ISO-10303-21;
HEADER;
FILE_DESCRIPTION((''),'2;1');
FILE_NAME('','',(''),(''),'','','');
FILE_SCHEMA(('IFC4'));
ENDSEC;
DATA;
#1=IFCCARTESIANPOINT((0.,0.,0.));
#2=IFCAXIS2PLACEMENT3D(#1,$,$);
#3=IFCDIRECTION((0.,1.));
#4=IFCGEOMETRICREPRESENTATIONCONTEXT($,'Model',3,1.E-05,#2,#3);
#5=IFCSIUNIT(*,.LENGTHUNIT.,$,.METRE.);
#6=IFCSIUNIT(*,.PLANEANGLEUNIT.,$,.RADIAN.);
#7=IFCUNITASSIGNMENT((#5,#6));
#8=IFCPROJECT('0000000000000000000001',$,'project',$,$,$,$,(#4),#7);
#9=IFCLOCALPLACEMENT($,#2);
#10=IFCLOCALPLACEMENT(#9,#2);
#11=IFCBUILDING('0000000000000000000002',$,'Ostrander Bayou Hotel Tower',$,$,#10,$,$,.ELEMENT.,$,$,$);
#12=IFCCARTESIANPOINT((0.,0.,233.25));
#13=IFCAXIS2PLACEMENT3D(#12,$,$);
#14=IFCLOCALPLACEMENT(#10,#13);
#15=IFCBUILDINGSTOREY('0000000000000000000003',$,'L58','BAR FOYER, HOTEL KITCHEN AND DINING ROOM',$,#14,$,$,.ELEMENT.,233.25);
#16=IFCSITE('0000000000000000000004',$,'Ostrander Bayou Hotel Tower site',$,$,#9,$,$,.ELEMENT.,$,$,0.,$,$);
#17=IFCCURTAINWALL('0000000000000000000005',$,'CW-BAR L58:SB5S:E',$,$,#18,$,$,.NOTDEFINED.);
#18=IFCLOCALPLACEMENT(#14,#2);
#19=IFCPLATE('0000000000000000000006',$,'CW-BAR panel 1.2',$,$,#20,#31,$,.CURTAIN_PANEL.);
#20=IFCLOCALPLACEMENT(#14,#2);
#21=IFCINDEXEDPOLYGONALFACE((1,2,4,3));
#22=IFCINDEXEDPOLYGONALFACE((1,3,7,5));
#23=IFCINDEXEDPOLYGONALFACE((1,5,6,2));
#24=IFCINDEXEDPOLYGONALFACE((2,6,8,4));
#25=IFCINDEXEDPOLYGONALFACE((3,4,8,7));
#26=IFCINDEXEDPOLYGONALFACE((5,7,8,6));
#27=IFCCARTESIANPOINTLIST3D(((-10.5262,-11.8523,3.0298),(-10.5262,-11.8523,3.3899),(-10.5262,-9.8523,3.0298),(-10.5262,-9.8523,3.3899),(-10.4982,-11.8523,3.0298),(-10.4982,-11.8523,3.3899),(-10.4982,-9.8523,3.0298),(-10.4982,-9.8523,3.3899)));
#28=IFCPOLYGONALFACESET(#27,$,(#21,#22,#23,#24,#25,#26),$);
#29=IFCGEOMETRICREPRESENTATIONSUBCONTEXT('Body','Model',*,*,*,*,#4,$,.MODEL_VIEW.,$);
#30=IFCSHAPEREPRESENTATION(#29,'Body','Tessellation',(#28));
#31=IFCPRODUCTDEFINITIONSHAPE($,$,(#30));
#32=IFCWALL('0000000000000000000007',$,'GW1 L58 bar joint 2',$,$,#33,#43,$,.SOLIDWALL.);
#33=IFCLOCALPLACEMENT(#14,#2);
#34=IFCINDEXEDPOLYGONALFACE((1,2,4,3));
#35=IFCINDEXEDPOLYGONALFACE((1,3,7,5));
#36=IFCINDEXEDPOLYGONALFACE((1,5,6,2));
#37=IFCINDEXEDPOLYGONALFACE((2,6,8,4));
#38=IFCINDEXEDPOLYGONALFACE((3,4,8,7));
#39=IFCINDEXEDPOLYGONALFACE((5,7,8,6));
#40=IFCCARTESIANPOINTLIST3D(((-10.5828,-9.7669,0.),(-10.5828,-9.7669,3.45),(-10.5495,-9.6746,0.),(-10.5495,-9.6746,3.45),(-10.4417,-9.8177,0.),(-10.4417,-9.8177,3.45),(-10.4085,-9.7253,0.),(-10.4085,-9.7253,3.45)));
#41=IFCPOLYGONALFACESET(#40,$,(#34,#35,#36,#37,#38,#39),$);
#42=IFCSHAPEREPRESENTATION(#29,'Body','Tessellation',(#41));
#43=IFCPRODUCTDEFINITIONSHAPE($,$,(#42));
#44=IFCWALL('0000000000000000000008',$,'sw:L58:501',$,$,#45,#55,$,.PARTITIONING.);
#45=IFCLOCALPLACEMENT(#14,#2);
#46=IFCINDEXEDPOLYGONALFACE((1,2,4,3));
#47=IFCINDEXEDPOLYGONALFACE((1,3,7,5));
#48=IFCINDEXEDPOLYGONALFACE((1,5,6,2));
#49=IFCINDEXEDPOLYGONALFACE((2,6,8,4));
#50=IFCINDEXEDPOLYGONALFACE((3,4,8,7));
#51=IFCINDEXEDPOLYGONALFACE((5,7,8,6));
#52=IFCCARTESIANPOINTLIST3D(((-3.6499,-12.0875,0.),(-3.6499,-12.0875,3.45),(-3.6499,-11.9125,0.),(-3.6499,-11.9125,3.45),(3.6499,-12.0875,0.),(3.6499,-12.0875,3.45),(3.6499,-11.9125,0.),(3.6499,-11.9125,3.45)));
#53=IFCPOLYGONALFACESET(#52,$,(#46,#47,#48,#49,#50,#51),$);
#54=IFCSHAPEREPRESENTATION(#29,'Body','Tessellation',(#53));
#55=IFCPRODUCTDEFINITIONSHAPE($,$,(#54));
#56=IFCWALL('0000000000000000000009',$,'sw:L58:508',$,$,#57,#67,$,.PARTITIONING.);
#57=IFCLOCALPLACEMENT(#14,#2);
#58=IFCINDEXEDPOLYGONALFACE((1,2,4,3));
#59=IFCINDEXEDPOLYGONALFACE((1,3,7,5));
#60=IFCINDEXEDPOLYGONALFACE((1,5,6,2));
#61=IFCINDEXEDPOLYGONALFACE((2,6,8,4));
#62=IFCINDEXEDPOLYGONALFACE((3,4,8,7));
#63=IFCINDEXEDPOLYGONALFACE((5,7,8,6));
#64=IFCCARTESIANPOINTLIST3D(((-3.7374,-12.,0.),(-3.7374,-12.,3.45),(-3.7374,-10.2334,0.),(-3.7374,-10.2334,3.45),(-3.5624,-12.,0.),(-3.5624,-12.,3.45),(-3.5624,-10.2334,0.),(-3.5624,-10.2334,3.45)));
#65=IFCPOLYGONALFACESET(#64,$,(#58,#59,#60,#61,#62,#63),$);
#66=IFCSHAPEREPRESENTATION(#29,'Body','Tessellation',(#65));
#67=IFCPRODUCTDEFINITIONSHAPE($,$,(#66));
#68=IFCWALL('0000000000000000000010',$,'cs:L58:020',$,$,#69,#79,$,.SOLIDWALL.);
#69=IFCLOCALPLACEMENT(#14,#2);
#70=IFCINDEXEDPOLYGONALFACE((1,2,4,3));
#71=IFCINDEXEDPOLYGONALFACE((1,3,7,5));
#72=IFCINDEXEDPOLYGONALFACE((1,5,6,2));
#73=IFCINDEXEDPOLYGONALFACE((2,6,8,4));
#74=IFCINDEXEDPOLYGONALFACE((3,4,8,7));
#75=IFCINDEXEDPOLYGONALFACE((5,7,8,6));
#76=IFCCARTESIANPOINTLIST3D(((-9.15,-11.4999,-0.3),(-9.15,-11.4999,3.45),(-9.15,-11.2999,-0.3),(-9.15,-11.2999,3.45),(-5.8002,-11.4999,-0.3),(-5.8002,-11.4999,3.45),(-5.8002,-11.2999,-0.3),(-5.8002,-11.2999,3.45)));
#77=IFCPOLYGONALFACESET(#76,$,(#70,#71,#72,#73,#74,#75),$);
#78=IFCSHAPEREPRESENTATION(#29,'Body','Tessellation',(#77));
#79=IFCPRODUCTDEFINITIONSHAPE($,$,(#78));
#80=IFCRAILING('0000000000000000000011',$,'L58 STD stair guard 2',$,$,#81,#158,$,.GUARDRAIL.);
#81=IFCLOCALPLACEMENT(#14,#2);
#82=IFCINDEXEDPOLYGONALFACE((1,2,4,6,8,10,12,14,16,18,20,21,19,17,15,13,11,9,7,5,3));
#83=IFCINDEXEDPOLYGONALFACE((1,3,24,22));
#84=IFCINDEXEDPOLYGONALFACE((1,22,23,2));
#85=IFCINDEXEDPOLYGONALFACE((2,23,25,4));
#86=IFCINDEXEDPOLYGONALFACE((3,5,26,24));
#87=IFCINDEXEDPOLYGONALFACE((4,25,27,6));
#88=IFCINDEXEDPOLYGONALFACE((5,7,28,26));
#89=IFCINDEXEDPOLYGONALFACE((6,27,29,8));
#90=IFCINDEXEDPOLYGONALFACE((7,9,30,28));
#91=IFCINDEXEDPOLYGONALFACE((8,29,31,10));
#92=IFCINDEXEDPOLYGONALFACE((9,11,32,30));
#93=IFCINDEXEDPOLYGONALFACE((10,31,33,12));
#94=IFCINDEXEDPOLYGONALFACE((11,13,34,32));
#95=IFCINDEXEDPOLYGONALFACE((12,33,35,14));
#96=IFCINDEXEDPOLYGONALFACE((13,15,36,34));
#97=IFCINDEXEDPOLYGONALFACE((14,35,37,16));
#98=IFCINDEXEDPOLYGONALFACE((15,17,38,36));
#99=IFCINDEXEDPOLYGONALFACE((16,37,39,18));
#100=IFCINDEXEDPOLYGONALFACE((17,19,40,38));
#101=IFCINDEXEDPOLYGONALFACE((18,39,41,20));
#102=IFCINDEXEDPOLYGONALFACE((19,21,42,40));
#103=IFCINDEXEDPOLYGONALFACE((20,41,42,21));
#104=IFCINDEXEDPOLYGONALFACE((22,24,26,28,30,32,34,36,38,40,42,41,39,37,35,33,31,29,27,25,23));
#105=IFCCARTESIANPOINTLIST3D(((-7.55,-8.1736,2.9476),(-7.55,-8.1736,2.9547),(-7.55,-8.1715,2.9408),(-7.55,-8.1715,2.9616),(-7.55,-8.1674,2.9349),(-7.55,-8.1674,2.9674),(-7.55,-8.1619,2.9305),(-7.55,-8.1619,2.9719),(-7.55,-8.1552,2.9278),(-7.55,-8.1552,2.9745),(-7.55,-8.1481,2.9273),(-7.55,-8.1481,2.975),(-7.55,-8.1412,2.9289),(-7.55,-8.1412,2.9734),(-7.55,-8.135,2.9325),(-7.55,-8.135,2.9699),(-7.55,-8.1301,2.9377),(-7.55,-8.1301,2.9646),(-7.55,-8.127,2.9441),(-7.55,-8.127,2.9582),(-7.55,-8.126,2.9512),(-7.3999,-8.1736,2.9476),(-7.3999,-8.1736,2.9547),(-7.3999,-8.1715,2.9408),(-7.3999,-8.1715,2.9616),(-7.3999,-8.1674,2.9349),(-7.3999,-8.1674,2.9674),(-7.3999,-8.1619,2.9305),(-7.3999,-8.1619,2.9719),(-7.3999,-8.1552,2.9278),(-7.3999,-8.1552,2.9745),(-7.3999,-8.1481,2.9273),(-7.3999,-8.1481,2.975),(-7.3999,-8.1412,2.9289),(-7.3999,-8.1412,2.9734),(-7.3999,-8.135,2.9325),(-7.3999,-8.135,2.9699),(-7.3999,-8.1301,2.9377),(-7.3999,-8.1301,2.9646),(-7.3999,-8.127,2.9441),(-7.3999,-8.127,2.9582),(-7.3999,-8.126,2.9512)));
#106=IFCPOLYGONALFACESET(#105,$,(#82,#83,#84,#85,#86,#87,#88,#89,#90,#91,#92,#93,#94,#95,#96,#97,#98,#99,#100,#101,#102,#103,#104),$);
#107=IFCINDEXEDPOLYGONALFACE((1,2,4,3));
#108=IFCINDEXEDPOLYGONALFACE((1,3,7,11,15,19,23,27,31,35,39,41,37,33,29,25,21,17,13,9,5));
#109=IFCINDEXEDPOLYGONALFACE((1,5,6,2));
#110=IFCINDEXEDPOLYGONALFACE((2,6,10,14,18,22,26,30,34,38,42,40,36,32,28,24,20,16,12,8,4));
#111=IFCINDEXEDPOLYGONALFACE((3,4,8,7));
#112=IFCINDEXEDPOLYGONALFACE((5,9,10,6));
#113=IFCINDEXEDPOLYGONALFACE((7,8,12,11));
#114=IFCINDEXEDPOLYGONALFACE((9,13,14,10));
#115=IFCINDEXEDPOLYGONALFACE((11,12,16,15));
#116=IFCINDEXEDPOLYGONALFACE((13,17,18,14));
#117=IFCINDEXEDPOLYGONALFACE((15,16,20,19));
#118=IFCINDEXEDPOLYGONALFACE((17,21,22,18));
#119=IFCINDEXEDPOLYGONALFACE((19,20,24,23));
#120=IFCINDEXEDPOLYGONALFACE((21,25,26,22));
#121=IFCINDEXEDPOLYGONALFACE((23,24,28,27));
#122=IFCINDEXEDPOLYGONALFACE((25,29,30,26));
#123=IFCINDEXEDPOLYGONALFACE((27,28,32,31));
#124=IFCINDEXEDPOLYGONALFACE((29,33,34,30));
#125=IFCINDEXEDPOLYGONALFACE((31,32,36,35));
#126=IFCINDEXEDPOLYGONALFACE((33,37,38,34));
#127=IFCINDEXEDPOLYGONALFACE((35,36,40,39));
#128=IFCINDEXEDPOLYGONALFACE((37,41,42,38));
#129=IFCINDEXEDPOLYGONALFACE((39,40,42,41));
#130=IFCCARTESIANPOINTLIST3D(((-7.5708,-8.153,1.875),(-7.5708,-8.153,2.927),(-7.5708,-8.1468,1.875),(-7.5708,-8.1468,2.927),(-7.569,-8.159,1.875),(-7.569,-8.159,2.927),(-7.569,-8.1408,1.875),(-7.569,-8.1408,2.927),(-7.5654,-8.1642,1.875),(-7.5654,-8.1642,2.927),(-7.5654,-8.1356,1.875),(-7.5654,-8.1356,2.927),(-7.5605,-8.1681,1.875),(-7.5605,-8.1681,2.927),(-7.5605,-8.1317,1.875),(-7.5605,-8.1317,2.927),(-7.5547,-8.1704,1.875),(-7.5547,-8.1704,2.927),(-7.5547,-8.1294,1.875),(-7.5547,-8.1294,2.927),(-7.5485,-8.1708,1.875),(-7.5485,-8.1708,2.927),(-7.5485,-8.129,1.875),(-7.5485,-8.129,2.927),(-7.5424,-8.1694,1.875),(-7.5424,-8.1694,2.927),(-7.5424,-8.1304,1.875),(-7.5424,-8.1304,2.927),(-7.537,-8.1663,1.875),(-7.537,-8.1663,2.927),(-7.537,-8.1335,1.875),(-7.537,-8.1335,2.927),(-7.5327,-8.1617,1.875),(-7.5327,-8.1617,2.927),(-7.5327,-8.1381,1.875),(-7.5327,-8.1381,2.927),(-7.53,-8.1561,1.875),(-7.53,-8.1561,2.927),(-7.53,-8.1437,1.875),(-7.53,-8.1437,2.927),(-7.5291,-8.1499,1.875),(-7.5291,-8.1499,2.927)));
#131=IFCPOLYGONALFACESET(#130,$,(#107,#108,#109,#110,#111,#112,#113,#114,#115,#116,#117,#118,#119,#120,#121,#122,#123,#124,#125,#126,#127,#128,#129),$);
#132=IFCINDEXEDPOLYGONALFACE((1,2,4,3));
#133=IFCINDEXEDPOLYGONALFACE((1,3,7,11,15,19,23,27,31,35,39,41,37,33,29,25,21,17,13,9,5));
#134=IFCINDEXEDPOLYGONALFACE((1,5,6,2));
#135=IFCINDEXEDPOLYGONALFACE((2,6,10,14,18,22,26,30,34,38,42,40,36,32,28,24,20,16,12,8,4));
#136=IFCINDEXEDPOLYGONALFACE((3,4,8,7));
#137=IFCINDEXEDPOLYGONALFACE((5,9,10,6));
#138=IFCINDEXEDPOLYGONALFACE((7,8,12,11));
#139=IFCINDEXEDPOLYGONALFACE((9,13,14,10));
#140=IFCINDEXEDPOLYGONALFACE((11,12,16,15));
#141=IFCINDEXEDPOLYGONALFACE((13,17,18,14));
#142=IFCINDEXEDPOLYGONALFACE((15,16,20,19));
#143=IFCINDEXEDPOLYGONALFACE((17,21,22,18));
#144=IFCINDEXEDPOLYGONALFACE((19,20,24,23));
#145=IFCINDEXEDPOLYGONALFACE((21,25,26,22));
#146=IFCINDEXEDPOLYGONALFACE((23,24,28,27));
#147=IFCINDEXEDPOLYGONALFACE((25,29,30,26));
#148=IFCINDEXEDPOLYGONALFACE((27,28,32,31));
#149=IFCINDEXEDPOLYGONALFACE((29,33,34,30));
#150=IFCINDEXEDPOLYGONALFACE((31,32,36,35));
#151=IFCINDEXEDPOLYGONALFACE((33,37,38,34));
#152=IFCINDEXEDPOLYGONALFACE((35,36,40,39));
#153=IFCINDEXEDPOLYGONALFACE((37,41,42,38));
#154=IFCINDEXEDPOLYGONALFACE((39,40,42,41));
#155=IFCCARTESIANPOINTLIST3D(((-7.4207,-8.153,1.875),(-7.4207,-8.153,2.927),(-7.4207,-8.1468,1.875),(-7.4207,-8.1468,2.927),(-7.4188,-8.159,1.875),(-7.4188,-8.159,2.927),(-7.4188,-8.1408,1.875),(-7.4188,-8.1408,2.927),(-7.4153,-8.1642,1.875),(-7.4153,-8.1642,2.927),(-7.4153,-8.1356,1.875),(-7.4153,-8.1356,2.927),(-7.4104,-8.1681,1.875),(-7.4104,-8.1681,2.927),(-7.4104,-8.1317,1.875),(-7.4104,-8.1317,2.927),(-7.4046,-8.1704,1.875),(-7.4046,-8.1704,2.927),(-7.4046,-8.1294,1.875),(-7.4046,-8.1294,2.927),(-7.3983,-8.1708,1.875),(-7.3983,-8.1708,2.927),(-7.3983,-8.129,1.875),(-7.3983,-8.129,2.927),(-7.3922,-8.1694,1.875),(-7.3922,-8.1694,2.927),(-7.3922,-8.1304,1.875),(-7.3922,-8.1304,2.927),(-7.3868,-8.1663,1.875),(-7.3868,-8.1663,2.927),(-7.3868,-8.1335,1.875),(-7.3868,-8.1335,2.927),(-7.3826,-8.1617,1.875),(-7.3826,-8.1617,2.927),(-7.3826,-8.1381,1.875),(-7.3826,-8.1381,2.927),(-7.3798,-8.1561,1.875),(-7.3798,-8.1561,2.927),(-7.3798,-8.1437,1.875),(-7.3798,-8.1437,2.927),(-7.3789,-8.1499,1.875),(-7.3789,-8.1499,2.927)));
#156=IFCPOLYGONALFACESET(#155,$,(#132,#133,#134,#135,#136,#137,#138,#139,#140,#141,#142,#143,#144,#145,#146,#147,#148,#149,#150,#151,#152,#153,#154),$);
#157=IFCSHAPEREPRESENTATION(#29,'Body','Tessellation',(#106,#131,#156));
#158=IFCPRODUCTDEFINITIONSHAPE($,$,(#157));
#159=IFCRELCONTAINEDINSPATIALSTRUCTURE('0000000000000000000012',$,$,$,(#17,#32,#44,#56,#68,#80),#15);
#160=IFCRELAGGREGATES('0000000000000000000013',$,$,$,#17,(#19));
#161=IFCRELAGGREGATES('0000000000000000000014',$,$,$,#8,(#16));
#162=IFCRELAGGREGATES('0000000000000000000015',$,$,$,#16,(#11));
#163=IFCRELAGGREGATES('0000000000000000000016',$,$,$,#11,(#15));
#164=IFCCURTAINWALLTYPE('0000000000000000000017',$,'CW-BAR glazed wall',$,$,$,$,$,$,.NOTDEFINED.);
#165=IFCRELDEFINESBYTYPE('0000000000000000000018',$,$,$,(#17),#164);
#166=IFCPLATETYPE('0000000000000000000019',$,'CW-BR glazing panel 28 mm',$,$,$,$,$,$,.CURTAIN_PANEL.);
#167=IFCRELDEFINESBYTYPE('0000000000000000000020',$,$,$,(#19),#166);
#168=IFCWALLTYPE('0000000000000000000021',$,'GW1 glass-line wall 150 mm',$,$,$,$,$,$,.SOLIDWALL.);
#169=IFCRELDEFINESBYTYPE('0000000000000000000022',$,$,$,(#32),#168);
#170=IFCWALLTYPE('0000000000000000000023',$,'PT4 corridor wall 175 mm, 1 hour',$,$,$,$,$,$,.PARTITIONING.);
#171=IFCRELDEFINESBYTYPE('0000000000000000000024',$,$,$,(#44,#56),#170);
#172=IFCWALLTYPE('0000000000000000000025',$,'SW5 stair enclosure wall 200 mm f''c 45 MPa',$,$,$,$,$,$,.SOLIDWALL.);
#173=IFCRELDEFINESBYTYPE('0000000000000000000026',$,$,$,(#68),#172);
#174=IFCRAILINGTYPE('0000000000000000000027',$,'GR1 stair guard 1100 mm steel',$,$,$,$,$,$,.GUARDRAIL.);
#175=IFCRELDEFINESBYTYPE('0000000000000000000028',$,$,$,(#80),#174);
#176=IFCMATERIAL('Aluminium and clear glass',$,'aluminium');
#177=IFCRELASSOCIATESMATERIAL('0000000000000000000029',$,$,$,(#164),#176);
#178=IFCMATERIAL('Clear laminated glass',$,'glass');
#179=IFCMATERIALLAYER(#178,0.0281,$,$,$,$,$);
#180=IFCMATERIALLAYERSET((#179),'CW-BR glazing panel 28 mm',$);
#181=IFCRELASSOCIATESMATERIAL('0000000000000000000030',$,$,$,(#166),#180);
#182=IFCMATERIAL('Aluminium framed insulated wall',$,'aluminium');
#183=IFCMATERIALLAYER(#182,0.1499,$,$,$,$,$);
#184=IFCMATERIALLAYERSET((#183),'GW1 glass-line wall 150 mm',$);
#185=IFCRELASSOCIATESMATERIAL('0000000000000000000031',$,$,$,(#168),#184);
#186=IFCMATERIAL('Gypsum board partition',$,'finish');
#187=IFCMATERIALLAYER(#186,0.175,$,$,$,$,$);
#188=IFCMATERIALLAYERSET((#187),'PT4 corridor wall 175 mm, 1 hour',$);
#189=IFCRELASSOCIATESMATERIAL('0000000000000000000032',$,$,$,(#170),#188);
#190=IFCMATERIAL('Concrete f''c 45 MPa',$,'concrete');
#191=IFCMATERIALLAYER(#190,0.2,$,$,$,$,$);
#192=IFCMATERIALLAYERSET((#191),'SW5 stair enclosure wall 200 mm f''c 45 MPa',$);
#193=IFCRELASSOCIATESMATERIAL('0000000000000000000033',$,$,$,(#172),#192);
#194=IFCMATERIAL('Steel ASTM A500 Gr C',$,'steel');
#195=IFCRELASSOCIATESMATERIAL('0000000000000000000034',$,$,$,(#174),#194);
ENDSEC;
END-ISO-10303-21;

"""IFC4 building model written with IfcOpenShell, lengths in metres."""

from ifc_helpers import new_model, si_unit, direction, frame, frame_2d, origin, origin_2d, place, context, subcontext, project, spatial, rectangle, circle, extrude, material, layer, layer_set, type_object, element, aggregate, save


model = new_model("IFC4")

# Units and contexts
model_context = context("Model", 3, precision=1e-05, world=origin(), true_north=direction((0.0, 1.0)))
body_context = subcontext(model_context, "Body", "Model", "MODEL_VIEW")
ifc_project = project(units=[si_unit("LENGTHUNIT", "METRE"), si_unit("PLANEANGLEUNIT", "RADIAN")], contexts=[model_context])

# Site, building, storey
site_placement = place(None, origin())
site = spatial("IfcSite", under=ifc_project, at=site_placement, Name="Ostrander Bayou Hotel Tower site", CompositionType="ELEMENT", RefElevation=0.0)
building_placement = place(site_placement, origin())
building = spatial("IfcBuilding", under=site, at=building_placement, Name="Ostrander Bayou Hotel Tower", CompositionType="ELEMENT")
storey_placement = place(building_placement, frame((0.0, 0.0, 233.25)))
storey = spatial("IfcBuildingStorey", under=building, at=storey_placement, Name="L58", Description="BAR FOYER, HOTEL KITCHEN AND DINING ROOM", CompositionType="ELEMENT", Elevation=233.25)

# Curtain wall, plate
ifc_material_1 = material(Name="Aluminium and clear glass", Category="aluminium")
curtain_wall_type = type_object("IfcCurtainWallType", Name="CW-BAR glazed wall", PredefinedType="NOTDEFINED", material=ifc_material_1)
curtain_wall_placement = place(storey_placement, origin())
curtain_wall = element("IfcCurtainWall", 1, at=curtain_wall_placement, inside=storey, type_object=curtain_wall_type, Name="CW-BAR L58:SB5S:E", PredefinedType="NOTDEFINED")
ifc_material_2 = material(Name="Clear laminated glass", Category="glass")
ifc_layer_1 = layer(ifc_material_2, 0.0281)
ifc_layer_set_1 = layer_set([ifc_layer_1], Name="CW-BR glazing panel 28 mm")
plate_type = type_object("IfcPlateType", Name="CW-BR glazing panel 28 mm", PredefinedType="CURTAIN_PANEL", material=ifc_layer_set_1)
plate_1_placement = place(storey_placement, frame((-10.5122, -10.8523, 3.0298), z_axis=(0.0, 0.0, 1.0), x_axis=(0.0, -1.0, 0.0)))
plate_1 = element("IfcPlate", 2, at=plate_1_placement, type_object=plate_type, Name="CW-BAR panel 1.2", PredefinedType="CURTAIN_PANEL", context=body_context, shape_type="SweptSolid", body=[
    extrude(rectangle(XDim=2.0, YDim=0.0281, at=origin_2d()), origin(), (0.0, 0.0, 1.0), 0.3601),
])
aggregate(curtain_wall, [plate_1])

# Wall
ifc_material_3 = material(Name="Aluminium framed insulated wall", Category="aluminium")
ifc_layer_2 = layer(ifc_material_3, 0.1499)
ifc_layer_set_2 = layer_set([ifc_layer_2], Name="GW1 glass-line wall 150 mm")
wall_type_1 = type_object("IfcWallType", Name="GW1 glass-line wall 150 mm", PredefinedType="SOLIDWALL", material=ifc_layer_set_2)
wall_1_placement = place(storey_placement, frame((-10.479, -9.7, 0.0), z_axis=(0.0, 0.0, 1.0), x_axis=(-0.338543, -0.940951, 0.0)))
element("IfcWall", 3, at=wall_1_placement, inside=storey, type_object=wall_type_1, Name="GW1 L58 bar joint 2", PredefinedType="SOLIDWALL", context=body_context, shape_type="SweptSolid", body=[
    extrude(rectangle(XDim=0.0981, YDim=0.1499, at=frame_2d((0.0491, 0.0))), origin(), (0.0, 0.0, 1.0), 3.45),
])

# Shared definitions
ifc_material_4 = material(Name="Gypsum board partition", Category="finish")
ifc_layer_3 = layer(ifc_material_4, 0.175)
ifc_layer_set_3 = layer_set([ifc_layer_3], Name="PT4 corridor wall 175 mm, 1 hour")
wall_type_2 = type_object("IfcWallType", Name="PT4 corridor wall 175 mm, 1 hour", PredefinedType="PARTITIONING", material=ifc_layer_set_3)

# Wall
wall_2_placement = place(storey_placement, frame((-3.6499, -12.0, 0.0), z_axis=(0.0, 0.0, 1.0), x_axis=(1.0, 0.0, 0.0)))
element("IfcWall", 4, at=wall_2_placement, inside=storey, type_object=wall_type_2, Name="sw:L58:501", PredefinedType="PARTITIONING", context=body_context, shape_type="SweptSolid", body=[
    extrude(rectangle(XDim=7.2998, YDim=0.175, at=frame_2d((3.6499, 0.0))), origin(), (0.0, 0.0, 1.0), 3.45),
])

# Walls
wall_3_placement = place(storey_placement, frame((-3.6499, -12.0, 0.0), z_axis=(0.0, 0.0, 1.0), x_axis=(0.0, 1.0, 0.0)))
element("IfcWall", 5, at=wall_3_placement, inside=storey, type_object=wall_type_2, Name="sw:L58:508", PredefinedType="PARTITIONING", context=body_context, shape_type="SweptSolid", body=[
    extrude(rectangle(XDim=1.7666, YDim=0.175, at=frame_2d((0.8833, 0.0))), origin(), (0.0, 0.0, 1.0), 3.45),
])
ifc_material_5 = material(Name="Concrete f'c 45 MPa", Category="concrete")
ifc_layer_4 = layer(ifc_material_5, 0.2)
ifc_layer_set_4 = layer_set([ifc_layer_4], Name="SW5 stair enclosure wall 200 mm f'c 45 MPa")
wall_type_3 = type_object("IfcWallType", Name="SW5 stair enclosure wall 200 mm f'c 45 MPa", PredefinedType="SOLIDWALL", material=ifc_layer_set_4)
wall_4_placement = place(storey_placement, frame((-9.1499, -11.3999, -0.3), z_axis=(0.0, 0.0, 1.0), x_axis=(1.0, 0.0, 0.0)))
element("IfcWall", 6, at=wall_4_placement, inside=storey, type_object=wall_type_3, Name="cs:L58:020", PredefinedType="SOLIDWALL", context=body_context, shape_type="SweptSolid", body=[
    extrude(rectangle(XDim=3.3499, YDim=0.2, at=frame_2d((1.6748, 0.0))), origin(), (0.0, 0.0, 1.0), 3.75),
])

# Railing
ifc_material_6 = material(Name="Steel ASTM A500 Gr C", Category="steel")
railing_type = type_object("IfcRailingType", Name="GR1 stair guard 1100 mm steel", PredefinedType="GUARDRAIL", material=ifc_material_6)
railing_placement = place(storey_placement, frame((-7.55, -8.1499, 1.875)))
element("IfcRailing", 7, at=railing_placement, inside=storey, type_object=railing_type, Name="L58 STD stair guard 2", PredefinedType="GUARDRAIL", context=body_context, shape_type="SweptSolid", body=[
    extrude(circle(Radius=0.0239, at=origin_2d()), frame((0.0, 0.0, 1.0762), z_axis=(1.0, 0.0, 0.0), x_axis=(0.0, 1.0, 0.0)), (0.0, 0.0, 1.0), 0.1501),
    extrude(circle(Radius=0.021, at=origin_2d()), origin(), (0.0, 0.0, 1.0), 1.052),
    extrude(circle(Radius=0.021, at=origin_2d()), frame((0.1501, 0.0, 0.0)), (0.0, 0.0, 1.0), 1.052),
])

save(model, "model.ifc")
